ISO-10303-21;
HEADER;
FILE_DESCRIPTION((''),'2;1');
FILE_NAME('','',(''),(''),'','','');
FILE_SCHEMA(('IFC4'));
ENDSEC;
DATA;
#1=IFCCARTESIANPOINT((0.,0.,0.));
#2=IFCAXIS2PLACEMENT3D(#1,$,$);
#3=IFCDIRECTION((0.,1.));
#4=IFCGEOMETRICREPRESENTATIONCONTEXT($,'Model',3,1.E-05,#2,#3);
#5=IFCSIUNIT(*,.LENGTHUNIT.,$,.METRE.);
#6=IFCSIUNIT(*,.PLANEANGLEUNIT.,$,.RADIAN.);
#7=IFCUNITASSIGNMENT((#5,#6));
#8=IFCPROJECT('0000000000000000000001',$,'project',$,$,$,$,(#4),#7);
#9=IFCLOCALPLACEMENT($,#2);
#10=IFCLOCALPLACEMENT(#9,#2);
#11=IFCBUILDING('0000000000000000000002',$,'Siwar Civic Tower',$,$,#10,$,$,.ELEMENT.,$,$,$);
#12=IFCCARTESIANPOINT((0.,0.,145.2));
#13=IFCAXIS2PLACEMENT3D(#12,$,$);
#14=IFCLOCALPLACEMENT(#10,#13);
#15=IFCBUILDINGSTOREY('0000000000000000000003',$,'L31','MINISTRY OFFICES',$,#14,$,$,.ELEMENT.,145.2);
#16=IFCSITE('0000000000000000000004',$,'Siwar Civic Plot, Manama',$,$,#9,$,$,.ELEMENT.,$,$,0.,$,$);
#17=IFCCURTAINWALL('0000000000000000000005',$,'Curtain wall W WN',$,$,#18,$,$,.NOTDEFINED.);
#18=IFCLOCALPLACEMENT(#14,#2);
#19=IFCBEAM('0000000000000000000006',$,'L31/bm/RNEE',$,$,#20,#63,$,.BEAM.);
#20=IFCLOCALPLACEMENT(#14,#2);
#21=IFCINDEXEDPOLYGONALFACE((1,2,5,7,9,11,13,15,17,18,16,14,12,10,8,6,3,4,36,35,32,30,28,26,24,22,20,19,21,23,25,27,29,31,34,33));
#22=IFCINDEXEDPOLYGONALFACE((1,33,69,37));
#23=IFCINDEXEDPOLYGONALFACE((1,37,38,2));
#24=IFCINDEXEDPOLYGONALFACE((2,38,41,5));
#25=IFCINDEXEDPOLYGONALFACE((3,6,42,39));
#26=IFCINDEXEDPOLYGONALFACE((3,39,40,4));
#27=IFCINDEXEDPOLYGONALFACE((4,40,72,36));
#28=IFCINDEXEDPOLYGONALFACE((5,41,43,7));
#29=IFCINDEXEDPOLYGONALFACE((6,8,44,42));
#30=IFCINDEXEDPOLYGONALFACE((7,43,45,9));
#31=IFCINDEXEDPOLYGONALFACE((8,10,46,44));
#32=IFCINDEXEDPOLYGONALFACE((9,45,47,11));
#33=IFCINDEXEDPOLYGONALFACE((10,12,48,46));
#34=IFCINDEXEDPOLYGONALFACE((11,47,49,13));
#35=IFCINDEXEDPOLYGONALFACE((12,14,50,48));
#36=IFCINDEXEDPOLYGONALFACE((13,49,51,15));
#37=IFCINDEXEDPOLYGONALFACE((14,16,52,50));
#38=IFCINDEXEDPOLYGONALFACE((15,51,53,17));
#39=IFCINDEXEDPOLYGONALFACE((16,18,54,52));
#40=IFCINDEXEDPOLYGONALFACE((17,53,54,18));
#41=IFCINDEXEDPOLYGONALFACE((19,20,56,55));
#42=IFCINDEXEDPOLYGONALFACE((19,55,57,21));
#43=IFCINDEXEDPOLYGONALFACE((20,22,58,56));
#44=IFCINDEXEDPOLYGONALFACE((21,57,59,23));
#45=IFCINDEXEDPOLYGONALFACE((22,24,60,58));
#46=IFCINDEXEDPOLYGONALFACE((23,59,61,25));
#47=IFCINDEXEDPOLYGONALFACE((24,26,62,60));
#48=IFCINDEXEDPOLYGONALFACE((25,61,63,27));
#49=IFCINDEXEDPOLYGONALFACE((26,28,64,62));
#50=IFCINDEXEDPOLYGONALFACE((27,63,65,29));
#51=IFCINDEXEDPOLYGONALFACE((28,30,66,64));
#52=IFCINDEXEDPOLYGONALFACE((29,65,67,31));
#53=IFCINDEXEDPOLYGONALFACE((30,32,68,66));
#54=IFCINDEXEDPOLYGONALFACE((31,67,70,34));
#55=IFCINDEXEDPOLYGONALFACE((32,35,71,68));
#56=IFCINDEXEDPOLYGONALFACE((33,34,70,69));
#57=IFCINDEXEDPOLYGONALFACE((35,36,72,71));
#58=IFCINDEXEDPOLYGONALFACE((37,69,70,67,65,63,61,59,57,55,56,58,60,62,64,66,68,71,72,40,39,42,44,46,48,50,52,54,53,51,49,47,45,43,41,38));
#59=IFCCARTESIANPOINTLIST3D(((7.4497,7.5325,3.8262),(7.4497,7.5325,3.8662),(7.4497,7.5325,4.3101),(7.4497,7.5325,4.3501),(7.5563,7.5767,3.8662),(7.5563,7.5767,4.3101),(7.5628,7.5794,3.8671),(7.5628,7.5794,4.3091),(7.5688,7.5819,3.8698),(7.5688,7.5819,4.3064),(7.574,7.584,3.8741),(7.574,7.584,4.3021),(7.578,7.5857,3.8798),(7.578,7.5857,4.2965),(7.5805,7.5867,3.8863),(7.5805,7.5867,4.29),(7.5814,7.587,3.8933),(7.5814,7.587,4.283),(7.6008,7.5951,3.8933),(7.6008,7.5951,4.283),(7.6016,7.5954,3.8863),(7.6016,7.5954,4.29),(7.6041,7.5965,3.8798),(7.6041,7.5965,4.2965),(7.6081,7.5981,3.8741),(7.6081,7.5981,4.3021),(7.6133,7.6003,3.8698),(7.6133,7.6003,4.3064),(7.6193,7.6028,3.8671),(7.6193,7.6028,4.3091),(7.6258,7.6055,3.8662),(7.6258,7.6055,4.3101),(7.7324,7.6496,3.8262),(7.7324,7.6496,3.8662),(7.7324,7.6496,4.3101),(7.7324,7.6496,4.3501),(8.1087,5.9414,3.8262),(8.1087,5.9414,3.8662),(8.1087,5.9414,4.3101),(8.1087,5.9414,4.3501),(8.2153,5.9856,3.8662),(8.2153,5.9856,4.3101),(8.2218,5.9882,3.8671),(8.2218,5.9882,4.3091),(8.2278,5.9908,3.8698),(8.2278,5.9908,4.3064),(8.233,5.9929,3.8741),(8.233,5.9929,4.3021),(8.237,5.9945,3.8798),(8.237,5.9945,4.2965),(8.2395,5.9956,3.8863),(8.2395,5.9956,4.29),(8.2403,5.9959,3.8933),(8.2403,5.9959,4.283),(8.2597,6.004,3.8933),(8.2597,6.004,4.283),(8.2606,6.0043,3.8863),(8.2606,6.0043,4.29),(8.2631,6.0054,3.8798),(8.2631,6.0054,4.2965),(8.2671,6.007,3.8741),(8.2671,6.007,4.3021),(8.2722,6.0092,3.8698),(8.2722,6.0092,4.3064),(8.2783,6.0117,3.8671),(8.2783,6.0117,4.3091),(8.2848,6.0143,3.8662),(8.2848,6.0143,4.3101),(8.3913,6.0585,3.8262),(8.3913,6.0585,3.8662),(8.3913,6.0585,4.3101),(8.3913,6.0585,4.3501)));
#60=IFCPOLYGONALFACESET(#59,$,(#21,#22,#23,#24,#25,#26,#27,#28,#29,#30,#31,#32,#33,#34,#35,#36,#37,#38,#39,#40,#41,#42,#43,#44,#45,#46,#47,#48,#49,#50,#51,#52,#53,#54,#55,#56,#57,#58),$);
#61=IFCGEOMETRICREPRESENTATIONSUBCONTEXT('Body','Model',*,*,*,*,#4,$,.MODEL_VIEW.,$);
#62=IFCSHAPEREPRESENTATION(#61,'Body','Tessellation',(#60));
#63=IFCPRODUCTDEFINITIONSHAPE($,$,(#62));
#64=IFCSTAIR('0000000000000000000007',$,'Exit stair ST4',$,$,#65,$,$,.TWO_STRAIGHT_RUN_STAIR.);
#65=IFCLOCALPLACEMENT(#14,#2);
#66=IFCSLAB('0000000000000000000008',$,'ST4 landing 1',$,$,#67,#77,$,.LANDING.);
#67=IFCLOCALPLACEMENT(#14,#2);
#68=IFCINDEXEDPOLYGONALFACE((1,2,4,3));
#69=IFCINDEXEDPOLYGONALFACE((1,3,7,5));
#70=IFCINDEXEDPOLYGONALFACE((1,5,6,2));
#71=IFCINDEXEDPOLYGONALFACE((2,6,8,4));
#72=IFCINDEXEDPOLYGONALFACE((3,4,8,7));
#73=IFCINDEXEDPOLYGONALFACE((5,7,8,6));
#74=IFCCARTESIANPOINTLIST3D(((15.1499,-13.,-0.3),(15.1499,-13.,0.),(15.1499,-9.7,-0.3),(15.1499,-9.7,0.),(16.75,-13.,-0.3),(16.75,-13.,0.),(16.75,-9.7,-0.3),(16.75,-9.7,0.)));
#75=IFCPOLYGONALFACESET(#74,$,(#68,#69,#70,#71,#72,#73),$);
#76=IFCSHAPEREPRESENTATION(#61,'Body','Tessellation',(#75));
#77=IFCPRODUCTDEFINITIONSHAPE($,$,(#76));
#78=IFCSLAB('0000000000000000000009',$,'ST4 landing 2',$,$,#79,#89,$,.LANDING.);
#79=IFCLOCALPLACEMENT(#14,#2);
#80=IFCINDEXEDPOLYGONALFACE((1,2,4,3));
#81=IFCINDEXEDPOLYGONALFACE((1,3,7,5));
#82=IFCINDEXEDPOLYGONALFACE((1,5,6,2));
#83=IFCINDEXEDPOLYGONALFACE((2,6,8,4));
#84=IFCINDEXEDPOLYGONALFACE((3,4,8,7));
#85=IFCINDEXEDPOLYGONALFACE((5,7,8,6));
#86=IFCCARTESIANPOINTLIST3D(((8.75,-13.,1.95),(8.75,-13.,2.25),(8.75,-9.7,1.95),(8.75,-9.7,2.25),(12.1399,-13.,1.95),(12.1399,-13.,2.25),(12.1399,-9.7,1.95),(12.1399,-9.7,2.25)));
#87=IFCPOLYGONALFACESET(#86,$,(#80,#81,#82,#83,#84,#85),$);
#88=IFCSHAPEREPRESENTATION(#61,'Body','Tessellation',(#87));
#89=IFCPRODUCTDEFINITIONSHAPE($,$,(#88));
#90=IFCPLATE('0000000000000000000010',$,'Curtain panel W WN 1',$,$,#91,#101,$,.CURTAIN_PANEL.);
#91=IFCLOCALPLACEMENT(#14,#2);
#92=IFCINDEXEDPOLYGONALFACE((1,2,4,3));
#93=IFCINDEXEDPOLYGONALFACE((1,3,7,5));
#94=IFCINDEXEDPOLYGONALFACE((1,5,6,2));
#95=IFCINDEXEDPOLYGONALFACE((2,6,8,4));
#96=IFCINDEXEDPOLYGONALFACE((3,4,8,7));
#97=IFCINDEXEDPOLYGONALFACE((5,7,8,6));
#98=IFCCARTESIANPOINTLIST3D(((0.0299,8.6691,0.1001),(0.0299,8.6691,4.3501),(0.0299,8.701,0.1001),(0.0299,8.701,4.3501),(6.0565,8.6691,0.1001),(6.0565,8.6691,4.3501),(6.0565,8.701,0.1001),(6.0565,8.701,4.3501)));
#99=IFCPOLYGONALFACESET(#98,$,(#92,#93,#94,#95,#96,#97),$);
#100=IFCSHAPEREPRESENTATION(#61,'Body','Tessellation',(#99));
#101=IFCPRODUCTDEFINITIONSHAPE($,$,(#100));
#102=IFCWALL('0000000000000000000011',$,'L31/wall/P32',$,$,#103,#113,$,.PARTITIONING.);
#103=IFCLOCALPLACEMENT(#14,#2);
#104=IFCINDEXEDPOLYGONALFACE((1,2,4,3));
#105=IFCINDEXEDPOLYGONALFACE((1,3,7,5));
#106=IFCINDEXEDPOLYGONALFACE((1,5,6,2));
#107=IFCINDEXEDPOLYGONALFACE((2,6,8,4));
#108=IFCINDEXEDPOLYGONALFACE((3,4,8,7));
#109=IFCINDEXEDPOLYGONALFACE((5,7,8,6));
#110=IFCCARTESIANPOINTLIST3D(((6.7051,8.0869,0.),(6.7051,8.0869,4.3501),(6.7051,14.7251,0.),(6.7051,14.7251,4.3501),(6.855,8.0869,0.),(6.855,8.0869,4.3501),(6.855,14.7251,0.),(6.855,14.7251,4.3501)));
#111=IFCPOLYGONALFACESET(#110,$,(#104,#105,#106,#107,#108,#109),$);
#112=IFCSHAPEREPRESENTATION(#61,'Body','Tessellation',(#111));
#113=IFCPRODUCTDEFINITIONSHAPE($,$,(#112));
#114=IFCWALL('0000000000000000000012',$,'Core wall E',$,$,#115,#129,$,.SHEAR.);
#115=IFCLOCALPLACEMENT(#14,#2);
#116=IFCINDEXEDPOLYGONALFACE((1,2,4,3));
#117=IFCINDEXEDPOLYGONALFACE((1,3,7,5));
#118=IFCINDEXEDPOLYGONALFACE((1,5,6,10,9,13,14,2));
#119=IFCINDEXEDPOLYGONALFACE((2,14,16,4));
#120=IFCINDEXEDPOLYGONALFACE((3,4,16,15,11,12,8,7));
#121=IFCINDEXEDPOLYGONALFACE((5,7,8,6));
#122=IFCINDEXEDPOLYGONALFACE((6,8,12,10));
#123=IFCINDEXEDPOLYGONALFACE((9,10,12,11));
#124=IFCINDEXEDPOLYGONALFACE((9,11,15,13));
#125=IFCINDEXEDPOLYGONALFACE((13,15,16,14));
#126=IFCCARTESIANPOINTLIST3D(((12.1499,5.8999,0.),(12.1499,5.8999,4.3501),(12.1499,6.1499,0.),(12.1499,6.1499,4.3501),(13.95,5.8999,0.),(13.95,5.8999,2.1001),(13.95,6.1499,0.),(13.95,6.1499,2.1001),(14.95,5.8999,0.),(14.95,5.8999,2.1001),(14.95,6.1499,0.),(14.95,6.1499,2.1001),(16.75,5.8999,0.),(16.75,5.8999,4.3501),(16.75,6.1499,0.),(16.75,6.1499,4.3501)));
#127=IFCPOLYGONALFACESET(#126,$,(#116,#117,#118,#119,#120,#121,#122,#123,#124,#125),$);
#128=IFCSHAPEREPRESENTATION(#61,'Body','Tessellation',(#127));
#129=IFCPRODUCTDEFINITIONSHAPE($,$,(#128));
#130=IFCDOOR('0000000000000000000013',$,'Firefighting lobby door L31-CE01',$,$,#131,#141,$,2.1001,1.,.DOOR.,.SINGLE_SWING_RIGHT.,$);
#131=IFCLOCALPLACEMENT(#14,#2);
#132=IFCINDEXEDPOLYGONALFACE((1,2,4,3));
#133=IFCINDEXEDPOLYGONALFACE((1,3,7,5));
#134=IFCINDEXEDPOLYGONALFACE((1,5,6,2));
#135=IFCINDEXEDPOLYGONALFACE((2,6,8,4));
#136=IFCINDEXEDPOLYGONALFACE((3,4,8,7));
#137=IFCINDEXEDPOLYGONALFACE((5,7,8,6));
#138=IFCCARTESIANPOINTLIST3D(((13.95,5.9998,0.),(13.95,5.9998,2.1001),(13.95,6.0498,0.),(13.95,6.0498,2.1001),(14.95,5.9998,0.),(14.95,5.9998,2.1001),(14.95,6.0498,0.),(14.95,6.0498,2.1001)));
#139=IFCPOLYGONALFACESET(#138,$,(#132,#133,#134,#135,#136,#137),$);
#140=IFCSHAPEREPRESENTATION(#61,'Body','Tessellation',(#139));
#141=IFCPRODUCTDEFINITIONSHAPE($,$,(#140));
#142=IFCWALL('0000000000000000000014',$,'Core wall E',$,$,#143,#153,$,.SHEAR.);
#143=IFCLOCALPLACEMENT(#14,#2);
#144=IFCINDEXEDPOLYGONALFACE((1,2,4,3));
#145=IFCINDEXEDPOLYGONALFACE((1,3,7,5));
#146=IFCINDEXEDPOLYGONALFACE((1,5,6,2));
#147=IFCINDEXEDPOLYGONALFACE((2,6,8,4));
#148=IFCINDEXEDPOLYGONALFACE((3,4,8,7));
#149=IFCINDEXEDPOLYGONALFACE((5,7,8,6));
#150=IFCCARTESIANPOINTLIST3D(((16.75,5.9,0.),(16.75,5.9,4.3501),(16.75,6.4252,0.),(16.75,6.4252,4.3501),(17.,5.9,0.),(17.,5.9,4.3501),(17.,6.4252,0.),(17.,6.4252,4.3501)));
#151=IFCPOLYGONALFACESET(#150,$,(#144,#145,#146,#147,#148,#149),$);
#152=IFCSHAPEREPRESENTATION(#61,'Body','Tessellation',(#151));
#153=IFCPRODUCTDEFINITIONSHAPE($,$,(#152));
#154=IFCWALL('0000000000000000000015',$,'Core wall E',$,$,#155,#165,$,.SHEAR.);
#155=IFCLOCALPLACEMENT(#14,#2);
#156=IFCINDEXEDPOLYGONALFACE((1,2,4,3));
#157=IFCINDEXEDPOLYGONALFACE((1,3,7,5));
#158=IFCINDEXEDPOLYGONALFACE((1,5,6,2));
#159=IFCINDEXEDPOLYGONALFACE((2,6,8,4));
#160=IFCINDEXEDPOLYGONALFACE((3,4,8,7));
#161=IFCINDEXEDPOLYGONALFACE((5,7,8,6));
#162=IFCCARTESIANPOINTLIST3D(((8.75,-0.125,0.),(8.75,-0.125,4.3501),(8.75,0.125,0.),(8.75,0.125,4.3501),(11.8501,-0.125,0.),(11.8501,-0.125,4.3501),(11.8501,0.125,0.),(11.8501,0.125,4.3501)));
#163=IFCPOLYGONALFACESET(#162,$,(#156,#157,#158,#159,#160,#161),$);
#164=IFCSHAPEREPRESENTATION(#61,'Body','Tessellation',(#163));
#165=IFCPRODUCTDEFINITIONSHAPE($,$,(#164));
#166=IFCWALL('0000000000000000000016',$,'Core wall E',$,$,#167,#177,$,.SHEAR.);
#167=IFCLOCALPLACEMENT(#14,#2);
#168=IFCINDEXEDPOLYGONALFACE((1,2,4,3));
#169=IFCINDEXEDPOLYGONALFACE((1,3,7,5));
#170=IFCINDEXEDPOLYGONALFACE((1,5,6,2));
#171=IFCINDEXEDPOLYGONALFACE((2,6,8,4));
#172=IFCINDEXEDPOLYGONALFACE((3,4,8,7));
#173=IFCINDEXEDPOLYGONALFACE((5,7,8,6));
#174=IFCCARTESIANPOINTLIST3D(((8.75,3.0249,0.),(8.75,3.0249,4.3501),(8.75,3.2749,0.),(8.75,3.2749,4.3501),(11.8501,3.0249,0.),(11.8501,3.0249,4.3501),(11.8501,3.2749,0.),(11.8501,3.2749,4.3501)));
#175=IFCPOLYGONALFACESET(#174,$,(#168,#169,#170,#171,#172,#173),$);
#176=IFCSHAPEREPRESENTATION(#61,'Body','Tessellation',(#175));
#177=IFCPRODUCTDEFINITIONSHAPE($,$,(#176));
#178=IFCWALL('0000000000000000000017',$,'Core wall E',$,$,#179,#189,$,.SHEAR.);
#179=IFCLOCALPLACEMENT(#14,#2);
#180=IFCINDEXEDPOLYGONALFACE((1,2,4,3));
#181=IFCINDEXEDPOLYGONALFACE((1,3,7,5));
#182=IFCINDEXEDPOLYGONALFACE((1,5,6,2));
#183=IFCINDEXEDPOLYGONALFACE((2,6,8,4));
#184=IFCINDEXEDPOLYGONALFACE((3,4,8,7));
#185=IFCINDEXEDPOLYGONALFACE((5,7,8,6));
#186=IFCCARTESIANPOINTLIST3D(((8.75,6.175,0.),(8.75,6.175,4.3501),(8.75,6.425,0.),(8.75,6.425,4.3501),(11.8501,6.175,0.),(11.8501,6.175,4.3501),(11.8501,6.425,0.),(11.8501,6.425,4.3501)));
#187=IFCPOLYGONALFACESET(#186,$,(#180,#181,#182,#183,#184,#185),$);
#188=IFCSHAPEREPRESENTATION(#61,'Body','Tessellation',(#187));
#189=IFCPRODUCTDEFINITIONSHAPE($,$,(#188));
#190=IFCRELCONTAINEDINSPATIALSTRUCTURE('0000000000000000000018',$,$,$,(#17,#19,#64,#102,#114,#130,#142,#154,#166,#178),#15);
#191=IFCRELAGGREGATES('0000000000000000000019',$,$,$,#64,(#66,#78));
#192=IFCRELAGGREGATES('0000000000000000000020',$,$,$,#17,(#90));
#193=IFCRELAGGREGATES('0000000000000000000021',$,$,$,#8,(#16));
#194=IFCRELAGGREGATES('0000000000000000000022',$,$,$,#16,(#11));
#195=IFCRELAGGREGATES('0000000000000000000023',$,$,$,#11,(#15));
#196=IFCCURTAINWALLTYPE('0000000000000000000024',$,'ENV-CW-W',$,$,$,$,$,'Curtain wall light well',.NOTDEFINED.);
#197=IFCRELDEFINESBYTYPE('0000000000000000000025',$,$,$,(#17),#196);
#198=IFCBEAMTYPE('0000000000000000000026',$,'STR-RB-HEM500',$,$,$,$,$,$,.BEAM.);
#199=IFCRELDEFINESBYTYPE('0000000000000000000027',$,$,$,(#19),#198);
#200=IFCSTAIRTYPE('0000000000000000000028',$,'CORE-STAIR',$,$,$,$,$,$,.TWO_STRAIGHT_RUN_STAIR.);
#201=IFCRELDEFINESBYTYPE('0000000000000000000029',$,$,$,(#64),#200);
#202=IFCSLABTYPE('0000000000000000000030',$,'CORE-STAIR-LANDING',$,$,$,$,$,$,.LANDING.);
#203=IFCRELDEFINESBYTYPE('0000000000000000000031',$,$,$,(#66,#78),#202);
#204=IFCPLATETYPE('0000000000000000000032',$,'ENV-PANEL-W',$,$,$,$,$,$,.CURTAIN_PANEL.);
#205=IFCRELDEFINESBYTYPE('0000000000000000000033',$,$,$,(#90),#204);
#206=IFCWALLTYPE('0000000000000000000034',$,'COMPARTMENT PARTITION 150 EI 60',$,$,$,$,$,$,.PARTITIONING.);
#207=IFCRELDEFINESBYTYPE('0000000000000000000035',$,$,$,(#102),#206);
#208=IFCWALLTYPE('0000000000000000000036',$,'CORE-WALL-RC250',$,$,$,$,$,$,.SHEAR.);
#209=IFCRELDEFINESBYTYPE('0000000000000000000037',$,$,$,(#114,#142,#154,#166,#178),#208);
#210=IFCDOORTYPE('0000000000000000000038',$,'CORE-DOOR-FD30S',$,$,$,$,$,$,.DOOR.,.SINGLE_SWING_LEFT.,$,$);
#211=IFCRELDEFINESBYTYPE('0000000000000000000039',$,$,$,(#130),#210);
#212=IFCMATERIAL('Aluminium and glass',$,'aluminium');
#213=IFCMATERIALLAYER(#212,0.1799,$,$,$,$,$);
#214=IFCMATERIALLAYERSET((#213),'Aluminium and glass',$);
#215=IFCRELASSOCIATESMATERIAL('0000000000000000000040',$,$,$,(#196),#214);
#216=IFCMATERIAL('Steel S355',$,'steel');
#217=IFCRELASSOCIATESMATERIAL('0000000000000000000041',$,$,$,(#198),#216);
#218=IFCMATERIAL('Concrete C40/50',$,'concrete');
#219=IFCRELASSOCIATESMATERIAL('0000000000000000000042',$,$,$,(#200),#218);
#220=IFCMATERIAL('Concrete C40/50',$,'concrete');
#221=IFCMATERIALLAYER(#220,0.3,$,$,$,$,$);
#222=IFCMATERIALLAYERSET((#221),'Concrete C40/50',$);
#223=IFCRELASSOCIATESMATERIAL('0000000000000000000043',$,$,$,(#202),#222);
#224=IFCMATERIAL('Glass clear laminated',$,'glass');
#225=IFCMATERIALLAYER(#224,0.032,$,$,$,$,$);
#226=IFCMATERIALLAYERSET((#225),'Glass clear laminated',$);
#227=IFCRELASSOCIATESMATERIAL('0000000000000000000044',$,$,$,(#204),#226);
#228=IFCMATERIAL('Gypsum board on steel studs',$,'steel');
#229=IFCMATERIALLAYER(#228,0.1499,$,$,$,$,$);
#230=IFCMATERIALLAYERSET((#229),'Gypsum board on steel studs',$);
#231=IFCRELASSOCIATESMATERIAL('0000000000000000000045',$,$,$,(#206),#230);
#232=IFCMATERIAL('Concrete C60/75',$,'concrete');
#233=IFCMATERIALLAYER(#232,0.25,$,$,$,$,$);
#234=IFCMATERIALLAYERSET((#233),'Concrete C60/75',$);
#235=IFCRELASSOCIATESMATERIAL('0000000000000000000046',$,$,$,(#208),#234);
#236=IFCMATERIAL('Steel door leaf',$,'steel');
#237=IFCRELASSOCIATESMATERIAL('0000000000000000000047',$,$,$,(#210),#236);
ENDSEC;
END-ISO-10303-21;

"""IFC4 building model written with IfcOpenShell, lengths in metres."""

from ifc_helpers import new_model, si_unit, direction, frame, frame_2d, origin, origin_2d, place, context, subcontext, project, spatial, polyline, rectangle, i_section, outline, extrude, material, layer, layer_set, material_profile, profile_set, type_object, element, fill, aggregate, save


model = new_model("IFC4")

# Units and contexts
model_context = context("Model", 3, precision=1e-05, world=origin(), true_north=direction((0.0, 1.0)))
body_context = subcontext(model_context, "Body", "Model", "MODEL_VIEW")
ifc_project = project(units=[si_unit("LENGTHUNIT", "METRE"), si_unit("PLANEANGLEUNIT", "RADIAN")], contexts=[model_context])

# Site, building, storey
site_placement = place(None, origin())
site = spatial("IfcSite", under=ifc_project, at=site_placement, Name="Siwar Civic Plot, Manama", CompositionType="ELEMENT", RefElevation=0.0)
building_placement = place(site_placement, origin())
building = spatial("IfcBuilding", under=site, at=building_placement, Name="Siwar Civic Tower", CompositionType="ELEMENT")
storey_placement = place(building_placement, frame((0.0, 0.0, 145.2)))
storey = spatial("IfcBuildingStorey", under=building, at=storey_placement, Name="L31", Description="MINISTRY OFFICES", CompositionType="ELEMENT", Elevation=145.2)

# Curtain wall
ifc_material_1 = material(Name="Aluminium and glass", Category="aluminium")
ifc_layer_1 = layer(ifc_material_1, 0.1799)
ifc_layer_set_1 = layer_set([ifc_layer_1], Name="Aluminium and glass")
curtain_wall_type = type_object("IfcCurtainWallType", Name="ENV-CW-W", ElementType="Curtain wall light well", PredefinedType="NOTDEFINED", material=ifc_layer_set_1)
curtain_wall_placement = place(storey_placement, origin())
curtain_wall = element("IfcCurtainWall", 1, at=curtain_wall_placement, inside=storey, type_object=curtain_wall_type, Name="Curtain wall W WN", PredefinedType="NOTDEFINED")

# Beam
ifc_material_2 = material(Name="Steel S355", Category="steel")
ifc_material_profile_1 = material_profile(ifc_material_2, i_section(OverallWidth=0.3059, OverallDepth=0.5239, WebThickness=0.021, FlangeThickness=0.04, FilletRadius=0.0271, at=origin_2d()), Name="HEM500")
ifc_profile_set_1 = profile_set([ifc_material_profile_1], Name="Steel S355")
beam_type_1 = type_object("IfcBeamType", Name="STR-RB-HEM500", PredefinedType="BEAM", material=ifc_profile_set_1)
for number, where, z_axis, x_axis, name in (
    (2, (7.5911, 7.5911, 4.0881), (0.382631, -0.923901, 0.0), (0.923901, 0.382631, 0.0), "L31/bm/RNEE"),
):
    element("IfcBeam", number, at=place(storey_placement, frame(where, z_axis=z_axis, x_axis=x_axis)), inside=storey, type_object=beam_type_1, Name=name, PredefinedType="BEAM", context=body_context, shape_type="SweptSolid", body=[
        extrude(i_section(OverallWidth=0.3059, OverallDepth=0.5239, WebThickness=0.021, FlangeThickness=0.04, FilletRadius=0.0271, at=origin_2d()), origin(), (0.0, 0.0, 1.0), 1.7222),
    ])

# Stair, slabs
ifc_material_3 = material(Name="Concrete C40/50", Category="concrete")
stair_type = type_object("IfcStairType", Name="CORE-STAIR", PredefinedType="TWO_STRAIGHT_RUN_STAIR", material=ifc_material_3)
stair_1_placement = place(storey_placement, origin())
stair_1 = element("IfcStair", 3, at=stair_1_placement, inside=storey, type_object=stair_type, Name="Exit stair ST4", PredefinedType="TWO_STRAIGHT_RUN_STAIR")
ifc_material_4 = material(Name="Concrete C40/50", Category="concrete")
ifc_layer_2 = layer(ifc_material_4, 0.3)
ifc_layer_set_2 = layer_set([ifc_layer_2], Name="Concrete C40/50")
slab_type_1 = type_object("IfcSlabType", Name="CORE-STAIR-LANDING", PredefinedType="LANDING", material=ifc_layer_set_2)
slab_1_placement = place(storey_placement, frame((0.0, 0.0, -0.3)))
slab_1 = element("IfcSlab", 4, at=slab_1_placement, type_object=slab_type_1, Name="ST4 landing 1", PredefinedType="LANDING", context=body_context, shape_type="SweptSolid", body=[
    extrude(outline(polyline([(15.1499, -13.0), (16.75, -13.0), (16.75, -9.7), (15.1499, -9.7), (15.1499, -13.0)])), origin(), (0.0, 0.0, 1.0), 0.3),
])
slab_2_placement = place(storey_placement, frame((0.0, 0.0, 1.95)))
slab_2 = element("IfcSlab", 5, at=slab_2_placement, type_object=slab_type_1, Name="ST4 landing 2", PredefinedType="LANDING", context=body_context, shape_type="SweptSolid", body=[
    extrude(outline(polyline([(8.75, -13.0), (12.1399, -13.0), (12.1399, -9.7), (8.75, -9.7), (8.75, -13.0)])), origin(), (0.0, 0.0, 1.0), 0.3),
])
aggregate(stair_1, [slab_1, slab_2])

# Plate
ifc_material_5 = material(Name="Glass clear laminated", Category="glass")
ifc_layer_3 = layer(ifc_material_5, 0.032)
ifc_layer_set_3 = layer_set([ifc_layer_3], Name="Glass clear laminated")
plate_type = type_object("IfcPlateType", Name="ENV-PANEL-W", PredefinedType="CURTAIN_PANEL", material=ifc_layer_set_3)
plate_placement = place(storey_placement, frame((3.0432, 8.6851, 0.1001), z_axis=(0.0, 0.0, 1.0), x_axis=(-1.0, 0.0, 0.0)))
plate = element("IfcPlate", 6, at=plate_placement, type_object=plate_type, Name="Curtain panel W WN 1", PredefinedType="CURTAIN_PANEL", context=body_context, shape_type="SweptSolid", body=[
    extrude(rectangle(XDim=6.0266, YDim=0.032, at=origin_2d()), origin(), (0.0, 0.0, 1.0), 4.25),
])
aggregate(curtain_wall, [plate])

# Wall
ifc_material_6 = material(Name="Gypsum board on steel studs", Category="steel")
ifc_layer_4 = layer(ifc_material_6, 0.1499)
ifc_layer_set_4 = layer_set([ifc_layer_4], Name="Gypsum board on steel studs")
wall_type_1 = type_object("IfcWallType", Name="COMPARTMENT PARTITION 150 EI 60", PredefinedType="PARTITIONING", material=ifc_layer_set_4)
wall_1_placement = place(storey_placement, frame((6.78, 8.0869, 0.0), z_axis=(0.0, 0.0, 1.0), x_axis=(0.0, 1.0, 0.0)))
element("IfcWall", 7, at=wall_1_placement, inside=storey, type_object=wall_type_1, Name="L31/wall/P32", PredefinedType="PARTITIONING", context=body_context, shape_type="SweptSolid", body=[
    extrude(rectangle(XDim=6.6382, YDim=0.1499, at=frame_2d((3.3191, 0.0))), origin(), (0.0, 0.0, 1.0), 4.3501),
])

# Wall, opening, door
ifc_material_7 = material(Name="Concrete C60/75", Category="concrete")
ifc_layer_5 = layer(ifc_material_7, 0.25)
ifc_layer_set_5 = layer_set([ifc_layer_5], Name="Concrete C60/75")
wall_type_2 = type_object("IfcWallType", Name="CORE-WALL-RC250", PredefinedType="SHEAR", material=ifc_layer_set_5)
wall_2_placement = place(storey_placement, frame((12.1499, 6.0249, 0.0), z_axis=(0.0, 0.0, 1.0), x_axis=(1.0, 0.0, 0.0)))
wall_2 = element("IfcWall", 8, at=wall_2_placement, inside=storey, type_object=wall_type_2, Name="Core wall E", PredefinedType="SHEAR", context=body_context, shape_type="SweptSolid", body=[
    extrude(rectangle(XDim=4.6001, YDim=0.25, at=frame_2d((2.3, 0.0))), origin(), (0.0, 0.0, 1.0), 4.3501),
])
opening_1_placement = place(wall_2_placement, frame((1.8, 0.0, 0.0)))
opening_1 = element("IfcOpeningElement", 9, at=opening_1_placement, cuts=wall_2, PredefinedType="OPENING", context=body_context, shape_type="SweptSolid", body=[
    extrude(rectangle(XDim=1.0, YDim=2.1001, at=frame_2d((0.5, 1.05))), frame((0.0, 0.135, 0.0), z_axis=(0.0, -1.0, 0.0), x_axis=(1.0, 0.0, 0.0)), (0.0, 0.0, 1.0), 0.27),
])
ifc_material_8 = material(Name="Steel door leaf", Category="steel")
door_type_1 = type_object("IfcDoorType", Name="CORE-DOOR-FD30S", OperationType="SINGLE_SWING_LEFT", PredefinedType="DOOR", material=ifc_material_8)
door_1_placement = place(opening_1_placement, origin())
door_1 = element("IfcDoor", 10, at=door_1_placement, inside=storey, type_object=door_type_1, Name="Firefighting lobby door L31-CE01", OperationType="SINGLE_SWING_RIGHT", OverallHeight=2.1001, OverallWidth=1.0, PredefinedType="DOOR", context=body_context, shape_type="SweptSolid", body=[
    extrude(rectangle(XDim=1.0, YDim=2.1001, at=frame_2d((0.5, 1.05))), frame((0.0, 0.0249, 0.0), z_axis=(0.0, -1.0, 0.0), x_axis=(1.0, 0.0, 0.0)), (0.0, 0.0, 1.0), 0.05),
])
fill(opening_1, door_1)

# Walls
wall_3_placement = place(storey_placement, frame((16.875, 5.8999, 0.0), z_axis=(0.0, 0.0, 1.0), x_axis=(0.0, 1.0, 0.0)))
element("IfcWall", 11, at=wall_3_placement, inside=storey, type_object=wall_type_2, Name="Core wall E", PredefinedType="SHEAR", context=body_context, shape_type="SweptSolid", body=[
    extrude(rectangle(XDim=0.5251, YDim=0.25, at=frame_2d((0.2627, 0.0))), origin(), (0.0, 0.0, 1.0), 4.3501),
])
for number, where, z_axis, x_axis, name in (
    (12, (8.75, 0.0, 0.0), (0.0, 0.0, 1.0), (1.0, 0.0, 0.0), "Core wall E"),
    (13, (8.75, 3.1499, 0.0), (0.0, 0.0, 1.0), (1.0, 0.0, 0.0), "Core wall E"),
    (14, (8.75, 6.3, 0.0), (0.0, 0.0, 1.0), (1.0, 0.0, 0.0), "Core wall E"),
):
    element("IfcWall", number, at=place(storey_placement, frame(where, z_axis=z_axis, x_axis=x_axis)), inside=storey, type_object=wall_type_2, Name=name, PredefinedType="SHEAR", context=body_context, shape_type="SweptSolid", body=[
        extrude(rectangle(XDim=3.1001, YDim=0.25, at=frame_2d((1.55, 0.0))), origin(), (0.0, 0.0, 1.0), 4.3501),
    ])

save(model, "model.ifc")
